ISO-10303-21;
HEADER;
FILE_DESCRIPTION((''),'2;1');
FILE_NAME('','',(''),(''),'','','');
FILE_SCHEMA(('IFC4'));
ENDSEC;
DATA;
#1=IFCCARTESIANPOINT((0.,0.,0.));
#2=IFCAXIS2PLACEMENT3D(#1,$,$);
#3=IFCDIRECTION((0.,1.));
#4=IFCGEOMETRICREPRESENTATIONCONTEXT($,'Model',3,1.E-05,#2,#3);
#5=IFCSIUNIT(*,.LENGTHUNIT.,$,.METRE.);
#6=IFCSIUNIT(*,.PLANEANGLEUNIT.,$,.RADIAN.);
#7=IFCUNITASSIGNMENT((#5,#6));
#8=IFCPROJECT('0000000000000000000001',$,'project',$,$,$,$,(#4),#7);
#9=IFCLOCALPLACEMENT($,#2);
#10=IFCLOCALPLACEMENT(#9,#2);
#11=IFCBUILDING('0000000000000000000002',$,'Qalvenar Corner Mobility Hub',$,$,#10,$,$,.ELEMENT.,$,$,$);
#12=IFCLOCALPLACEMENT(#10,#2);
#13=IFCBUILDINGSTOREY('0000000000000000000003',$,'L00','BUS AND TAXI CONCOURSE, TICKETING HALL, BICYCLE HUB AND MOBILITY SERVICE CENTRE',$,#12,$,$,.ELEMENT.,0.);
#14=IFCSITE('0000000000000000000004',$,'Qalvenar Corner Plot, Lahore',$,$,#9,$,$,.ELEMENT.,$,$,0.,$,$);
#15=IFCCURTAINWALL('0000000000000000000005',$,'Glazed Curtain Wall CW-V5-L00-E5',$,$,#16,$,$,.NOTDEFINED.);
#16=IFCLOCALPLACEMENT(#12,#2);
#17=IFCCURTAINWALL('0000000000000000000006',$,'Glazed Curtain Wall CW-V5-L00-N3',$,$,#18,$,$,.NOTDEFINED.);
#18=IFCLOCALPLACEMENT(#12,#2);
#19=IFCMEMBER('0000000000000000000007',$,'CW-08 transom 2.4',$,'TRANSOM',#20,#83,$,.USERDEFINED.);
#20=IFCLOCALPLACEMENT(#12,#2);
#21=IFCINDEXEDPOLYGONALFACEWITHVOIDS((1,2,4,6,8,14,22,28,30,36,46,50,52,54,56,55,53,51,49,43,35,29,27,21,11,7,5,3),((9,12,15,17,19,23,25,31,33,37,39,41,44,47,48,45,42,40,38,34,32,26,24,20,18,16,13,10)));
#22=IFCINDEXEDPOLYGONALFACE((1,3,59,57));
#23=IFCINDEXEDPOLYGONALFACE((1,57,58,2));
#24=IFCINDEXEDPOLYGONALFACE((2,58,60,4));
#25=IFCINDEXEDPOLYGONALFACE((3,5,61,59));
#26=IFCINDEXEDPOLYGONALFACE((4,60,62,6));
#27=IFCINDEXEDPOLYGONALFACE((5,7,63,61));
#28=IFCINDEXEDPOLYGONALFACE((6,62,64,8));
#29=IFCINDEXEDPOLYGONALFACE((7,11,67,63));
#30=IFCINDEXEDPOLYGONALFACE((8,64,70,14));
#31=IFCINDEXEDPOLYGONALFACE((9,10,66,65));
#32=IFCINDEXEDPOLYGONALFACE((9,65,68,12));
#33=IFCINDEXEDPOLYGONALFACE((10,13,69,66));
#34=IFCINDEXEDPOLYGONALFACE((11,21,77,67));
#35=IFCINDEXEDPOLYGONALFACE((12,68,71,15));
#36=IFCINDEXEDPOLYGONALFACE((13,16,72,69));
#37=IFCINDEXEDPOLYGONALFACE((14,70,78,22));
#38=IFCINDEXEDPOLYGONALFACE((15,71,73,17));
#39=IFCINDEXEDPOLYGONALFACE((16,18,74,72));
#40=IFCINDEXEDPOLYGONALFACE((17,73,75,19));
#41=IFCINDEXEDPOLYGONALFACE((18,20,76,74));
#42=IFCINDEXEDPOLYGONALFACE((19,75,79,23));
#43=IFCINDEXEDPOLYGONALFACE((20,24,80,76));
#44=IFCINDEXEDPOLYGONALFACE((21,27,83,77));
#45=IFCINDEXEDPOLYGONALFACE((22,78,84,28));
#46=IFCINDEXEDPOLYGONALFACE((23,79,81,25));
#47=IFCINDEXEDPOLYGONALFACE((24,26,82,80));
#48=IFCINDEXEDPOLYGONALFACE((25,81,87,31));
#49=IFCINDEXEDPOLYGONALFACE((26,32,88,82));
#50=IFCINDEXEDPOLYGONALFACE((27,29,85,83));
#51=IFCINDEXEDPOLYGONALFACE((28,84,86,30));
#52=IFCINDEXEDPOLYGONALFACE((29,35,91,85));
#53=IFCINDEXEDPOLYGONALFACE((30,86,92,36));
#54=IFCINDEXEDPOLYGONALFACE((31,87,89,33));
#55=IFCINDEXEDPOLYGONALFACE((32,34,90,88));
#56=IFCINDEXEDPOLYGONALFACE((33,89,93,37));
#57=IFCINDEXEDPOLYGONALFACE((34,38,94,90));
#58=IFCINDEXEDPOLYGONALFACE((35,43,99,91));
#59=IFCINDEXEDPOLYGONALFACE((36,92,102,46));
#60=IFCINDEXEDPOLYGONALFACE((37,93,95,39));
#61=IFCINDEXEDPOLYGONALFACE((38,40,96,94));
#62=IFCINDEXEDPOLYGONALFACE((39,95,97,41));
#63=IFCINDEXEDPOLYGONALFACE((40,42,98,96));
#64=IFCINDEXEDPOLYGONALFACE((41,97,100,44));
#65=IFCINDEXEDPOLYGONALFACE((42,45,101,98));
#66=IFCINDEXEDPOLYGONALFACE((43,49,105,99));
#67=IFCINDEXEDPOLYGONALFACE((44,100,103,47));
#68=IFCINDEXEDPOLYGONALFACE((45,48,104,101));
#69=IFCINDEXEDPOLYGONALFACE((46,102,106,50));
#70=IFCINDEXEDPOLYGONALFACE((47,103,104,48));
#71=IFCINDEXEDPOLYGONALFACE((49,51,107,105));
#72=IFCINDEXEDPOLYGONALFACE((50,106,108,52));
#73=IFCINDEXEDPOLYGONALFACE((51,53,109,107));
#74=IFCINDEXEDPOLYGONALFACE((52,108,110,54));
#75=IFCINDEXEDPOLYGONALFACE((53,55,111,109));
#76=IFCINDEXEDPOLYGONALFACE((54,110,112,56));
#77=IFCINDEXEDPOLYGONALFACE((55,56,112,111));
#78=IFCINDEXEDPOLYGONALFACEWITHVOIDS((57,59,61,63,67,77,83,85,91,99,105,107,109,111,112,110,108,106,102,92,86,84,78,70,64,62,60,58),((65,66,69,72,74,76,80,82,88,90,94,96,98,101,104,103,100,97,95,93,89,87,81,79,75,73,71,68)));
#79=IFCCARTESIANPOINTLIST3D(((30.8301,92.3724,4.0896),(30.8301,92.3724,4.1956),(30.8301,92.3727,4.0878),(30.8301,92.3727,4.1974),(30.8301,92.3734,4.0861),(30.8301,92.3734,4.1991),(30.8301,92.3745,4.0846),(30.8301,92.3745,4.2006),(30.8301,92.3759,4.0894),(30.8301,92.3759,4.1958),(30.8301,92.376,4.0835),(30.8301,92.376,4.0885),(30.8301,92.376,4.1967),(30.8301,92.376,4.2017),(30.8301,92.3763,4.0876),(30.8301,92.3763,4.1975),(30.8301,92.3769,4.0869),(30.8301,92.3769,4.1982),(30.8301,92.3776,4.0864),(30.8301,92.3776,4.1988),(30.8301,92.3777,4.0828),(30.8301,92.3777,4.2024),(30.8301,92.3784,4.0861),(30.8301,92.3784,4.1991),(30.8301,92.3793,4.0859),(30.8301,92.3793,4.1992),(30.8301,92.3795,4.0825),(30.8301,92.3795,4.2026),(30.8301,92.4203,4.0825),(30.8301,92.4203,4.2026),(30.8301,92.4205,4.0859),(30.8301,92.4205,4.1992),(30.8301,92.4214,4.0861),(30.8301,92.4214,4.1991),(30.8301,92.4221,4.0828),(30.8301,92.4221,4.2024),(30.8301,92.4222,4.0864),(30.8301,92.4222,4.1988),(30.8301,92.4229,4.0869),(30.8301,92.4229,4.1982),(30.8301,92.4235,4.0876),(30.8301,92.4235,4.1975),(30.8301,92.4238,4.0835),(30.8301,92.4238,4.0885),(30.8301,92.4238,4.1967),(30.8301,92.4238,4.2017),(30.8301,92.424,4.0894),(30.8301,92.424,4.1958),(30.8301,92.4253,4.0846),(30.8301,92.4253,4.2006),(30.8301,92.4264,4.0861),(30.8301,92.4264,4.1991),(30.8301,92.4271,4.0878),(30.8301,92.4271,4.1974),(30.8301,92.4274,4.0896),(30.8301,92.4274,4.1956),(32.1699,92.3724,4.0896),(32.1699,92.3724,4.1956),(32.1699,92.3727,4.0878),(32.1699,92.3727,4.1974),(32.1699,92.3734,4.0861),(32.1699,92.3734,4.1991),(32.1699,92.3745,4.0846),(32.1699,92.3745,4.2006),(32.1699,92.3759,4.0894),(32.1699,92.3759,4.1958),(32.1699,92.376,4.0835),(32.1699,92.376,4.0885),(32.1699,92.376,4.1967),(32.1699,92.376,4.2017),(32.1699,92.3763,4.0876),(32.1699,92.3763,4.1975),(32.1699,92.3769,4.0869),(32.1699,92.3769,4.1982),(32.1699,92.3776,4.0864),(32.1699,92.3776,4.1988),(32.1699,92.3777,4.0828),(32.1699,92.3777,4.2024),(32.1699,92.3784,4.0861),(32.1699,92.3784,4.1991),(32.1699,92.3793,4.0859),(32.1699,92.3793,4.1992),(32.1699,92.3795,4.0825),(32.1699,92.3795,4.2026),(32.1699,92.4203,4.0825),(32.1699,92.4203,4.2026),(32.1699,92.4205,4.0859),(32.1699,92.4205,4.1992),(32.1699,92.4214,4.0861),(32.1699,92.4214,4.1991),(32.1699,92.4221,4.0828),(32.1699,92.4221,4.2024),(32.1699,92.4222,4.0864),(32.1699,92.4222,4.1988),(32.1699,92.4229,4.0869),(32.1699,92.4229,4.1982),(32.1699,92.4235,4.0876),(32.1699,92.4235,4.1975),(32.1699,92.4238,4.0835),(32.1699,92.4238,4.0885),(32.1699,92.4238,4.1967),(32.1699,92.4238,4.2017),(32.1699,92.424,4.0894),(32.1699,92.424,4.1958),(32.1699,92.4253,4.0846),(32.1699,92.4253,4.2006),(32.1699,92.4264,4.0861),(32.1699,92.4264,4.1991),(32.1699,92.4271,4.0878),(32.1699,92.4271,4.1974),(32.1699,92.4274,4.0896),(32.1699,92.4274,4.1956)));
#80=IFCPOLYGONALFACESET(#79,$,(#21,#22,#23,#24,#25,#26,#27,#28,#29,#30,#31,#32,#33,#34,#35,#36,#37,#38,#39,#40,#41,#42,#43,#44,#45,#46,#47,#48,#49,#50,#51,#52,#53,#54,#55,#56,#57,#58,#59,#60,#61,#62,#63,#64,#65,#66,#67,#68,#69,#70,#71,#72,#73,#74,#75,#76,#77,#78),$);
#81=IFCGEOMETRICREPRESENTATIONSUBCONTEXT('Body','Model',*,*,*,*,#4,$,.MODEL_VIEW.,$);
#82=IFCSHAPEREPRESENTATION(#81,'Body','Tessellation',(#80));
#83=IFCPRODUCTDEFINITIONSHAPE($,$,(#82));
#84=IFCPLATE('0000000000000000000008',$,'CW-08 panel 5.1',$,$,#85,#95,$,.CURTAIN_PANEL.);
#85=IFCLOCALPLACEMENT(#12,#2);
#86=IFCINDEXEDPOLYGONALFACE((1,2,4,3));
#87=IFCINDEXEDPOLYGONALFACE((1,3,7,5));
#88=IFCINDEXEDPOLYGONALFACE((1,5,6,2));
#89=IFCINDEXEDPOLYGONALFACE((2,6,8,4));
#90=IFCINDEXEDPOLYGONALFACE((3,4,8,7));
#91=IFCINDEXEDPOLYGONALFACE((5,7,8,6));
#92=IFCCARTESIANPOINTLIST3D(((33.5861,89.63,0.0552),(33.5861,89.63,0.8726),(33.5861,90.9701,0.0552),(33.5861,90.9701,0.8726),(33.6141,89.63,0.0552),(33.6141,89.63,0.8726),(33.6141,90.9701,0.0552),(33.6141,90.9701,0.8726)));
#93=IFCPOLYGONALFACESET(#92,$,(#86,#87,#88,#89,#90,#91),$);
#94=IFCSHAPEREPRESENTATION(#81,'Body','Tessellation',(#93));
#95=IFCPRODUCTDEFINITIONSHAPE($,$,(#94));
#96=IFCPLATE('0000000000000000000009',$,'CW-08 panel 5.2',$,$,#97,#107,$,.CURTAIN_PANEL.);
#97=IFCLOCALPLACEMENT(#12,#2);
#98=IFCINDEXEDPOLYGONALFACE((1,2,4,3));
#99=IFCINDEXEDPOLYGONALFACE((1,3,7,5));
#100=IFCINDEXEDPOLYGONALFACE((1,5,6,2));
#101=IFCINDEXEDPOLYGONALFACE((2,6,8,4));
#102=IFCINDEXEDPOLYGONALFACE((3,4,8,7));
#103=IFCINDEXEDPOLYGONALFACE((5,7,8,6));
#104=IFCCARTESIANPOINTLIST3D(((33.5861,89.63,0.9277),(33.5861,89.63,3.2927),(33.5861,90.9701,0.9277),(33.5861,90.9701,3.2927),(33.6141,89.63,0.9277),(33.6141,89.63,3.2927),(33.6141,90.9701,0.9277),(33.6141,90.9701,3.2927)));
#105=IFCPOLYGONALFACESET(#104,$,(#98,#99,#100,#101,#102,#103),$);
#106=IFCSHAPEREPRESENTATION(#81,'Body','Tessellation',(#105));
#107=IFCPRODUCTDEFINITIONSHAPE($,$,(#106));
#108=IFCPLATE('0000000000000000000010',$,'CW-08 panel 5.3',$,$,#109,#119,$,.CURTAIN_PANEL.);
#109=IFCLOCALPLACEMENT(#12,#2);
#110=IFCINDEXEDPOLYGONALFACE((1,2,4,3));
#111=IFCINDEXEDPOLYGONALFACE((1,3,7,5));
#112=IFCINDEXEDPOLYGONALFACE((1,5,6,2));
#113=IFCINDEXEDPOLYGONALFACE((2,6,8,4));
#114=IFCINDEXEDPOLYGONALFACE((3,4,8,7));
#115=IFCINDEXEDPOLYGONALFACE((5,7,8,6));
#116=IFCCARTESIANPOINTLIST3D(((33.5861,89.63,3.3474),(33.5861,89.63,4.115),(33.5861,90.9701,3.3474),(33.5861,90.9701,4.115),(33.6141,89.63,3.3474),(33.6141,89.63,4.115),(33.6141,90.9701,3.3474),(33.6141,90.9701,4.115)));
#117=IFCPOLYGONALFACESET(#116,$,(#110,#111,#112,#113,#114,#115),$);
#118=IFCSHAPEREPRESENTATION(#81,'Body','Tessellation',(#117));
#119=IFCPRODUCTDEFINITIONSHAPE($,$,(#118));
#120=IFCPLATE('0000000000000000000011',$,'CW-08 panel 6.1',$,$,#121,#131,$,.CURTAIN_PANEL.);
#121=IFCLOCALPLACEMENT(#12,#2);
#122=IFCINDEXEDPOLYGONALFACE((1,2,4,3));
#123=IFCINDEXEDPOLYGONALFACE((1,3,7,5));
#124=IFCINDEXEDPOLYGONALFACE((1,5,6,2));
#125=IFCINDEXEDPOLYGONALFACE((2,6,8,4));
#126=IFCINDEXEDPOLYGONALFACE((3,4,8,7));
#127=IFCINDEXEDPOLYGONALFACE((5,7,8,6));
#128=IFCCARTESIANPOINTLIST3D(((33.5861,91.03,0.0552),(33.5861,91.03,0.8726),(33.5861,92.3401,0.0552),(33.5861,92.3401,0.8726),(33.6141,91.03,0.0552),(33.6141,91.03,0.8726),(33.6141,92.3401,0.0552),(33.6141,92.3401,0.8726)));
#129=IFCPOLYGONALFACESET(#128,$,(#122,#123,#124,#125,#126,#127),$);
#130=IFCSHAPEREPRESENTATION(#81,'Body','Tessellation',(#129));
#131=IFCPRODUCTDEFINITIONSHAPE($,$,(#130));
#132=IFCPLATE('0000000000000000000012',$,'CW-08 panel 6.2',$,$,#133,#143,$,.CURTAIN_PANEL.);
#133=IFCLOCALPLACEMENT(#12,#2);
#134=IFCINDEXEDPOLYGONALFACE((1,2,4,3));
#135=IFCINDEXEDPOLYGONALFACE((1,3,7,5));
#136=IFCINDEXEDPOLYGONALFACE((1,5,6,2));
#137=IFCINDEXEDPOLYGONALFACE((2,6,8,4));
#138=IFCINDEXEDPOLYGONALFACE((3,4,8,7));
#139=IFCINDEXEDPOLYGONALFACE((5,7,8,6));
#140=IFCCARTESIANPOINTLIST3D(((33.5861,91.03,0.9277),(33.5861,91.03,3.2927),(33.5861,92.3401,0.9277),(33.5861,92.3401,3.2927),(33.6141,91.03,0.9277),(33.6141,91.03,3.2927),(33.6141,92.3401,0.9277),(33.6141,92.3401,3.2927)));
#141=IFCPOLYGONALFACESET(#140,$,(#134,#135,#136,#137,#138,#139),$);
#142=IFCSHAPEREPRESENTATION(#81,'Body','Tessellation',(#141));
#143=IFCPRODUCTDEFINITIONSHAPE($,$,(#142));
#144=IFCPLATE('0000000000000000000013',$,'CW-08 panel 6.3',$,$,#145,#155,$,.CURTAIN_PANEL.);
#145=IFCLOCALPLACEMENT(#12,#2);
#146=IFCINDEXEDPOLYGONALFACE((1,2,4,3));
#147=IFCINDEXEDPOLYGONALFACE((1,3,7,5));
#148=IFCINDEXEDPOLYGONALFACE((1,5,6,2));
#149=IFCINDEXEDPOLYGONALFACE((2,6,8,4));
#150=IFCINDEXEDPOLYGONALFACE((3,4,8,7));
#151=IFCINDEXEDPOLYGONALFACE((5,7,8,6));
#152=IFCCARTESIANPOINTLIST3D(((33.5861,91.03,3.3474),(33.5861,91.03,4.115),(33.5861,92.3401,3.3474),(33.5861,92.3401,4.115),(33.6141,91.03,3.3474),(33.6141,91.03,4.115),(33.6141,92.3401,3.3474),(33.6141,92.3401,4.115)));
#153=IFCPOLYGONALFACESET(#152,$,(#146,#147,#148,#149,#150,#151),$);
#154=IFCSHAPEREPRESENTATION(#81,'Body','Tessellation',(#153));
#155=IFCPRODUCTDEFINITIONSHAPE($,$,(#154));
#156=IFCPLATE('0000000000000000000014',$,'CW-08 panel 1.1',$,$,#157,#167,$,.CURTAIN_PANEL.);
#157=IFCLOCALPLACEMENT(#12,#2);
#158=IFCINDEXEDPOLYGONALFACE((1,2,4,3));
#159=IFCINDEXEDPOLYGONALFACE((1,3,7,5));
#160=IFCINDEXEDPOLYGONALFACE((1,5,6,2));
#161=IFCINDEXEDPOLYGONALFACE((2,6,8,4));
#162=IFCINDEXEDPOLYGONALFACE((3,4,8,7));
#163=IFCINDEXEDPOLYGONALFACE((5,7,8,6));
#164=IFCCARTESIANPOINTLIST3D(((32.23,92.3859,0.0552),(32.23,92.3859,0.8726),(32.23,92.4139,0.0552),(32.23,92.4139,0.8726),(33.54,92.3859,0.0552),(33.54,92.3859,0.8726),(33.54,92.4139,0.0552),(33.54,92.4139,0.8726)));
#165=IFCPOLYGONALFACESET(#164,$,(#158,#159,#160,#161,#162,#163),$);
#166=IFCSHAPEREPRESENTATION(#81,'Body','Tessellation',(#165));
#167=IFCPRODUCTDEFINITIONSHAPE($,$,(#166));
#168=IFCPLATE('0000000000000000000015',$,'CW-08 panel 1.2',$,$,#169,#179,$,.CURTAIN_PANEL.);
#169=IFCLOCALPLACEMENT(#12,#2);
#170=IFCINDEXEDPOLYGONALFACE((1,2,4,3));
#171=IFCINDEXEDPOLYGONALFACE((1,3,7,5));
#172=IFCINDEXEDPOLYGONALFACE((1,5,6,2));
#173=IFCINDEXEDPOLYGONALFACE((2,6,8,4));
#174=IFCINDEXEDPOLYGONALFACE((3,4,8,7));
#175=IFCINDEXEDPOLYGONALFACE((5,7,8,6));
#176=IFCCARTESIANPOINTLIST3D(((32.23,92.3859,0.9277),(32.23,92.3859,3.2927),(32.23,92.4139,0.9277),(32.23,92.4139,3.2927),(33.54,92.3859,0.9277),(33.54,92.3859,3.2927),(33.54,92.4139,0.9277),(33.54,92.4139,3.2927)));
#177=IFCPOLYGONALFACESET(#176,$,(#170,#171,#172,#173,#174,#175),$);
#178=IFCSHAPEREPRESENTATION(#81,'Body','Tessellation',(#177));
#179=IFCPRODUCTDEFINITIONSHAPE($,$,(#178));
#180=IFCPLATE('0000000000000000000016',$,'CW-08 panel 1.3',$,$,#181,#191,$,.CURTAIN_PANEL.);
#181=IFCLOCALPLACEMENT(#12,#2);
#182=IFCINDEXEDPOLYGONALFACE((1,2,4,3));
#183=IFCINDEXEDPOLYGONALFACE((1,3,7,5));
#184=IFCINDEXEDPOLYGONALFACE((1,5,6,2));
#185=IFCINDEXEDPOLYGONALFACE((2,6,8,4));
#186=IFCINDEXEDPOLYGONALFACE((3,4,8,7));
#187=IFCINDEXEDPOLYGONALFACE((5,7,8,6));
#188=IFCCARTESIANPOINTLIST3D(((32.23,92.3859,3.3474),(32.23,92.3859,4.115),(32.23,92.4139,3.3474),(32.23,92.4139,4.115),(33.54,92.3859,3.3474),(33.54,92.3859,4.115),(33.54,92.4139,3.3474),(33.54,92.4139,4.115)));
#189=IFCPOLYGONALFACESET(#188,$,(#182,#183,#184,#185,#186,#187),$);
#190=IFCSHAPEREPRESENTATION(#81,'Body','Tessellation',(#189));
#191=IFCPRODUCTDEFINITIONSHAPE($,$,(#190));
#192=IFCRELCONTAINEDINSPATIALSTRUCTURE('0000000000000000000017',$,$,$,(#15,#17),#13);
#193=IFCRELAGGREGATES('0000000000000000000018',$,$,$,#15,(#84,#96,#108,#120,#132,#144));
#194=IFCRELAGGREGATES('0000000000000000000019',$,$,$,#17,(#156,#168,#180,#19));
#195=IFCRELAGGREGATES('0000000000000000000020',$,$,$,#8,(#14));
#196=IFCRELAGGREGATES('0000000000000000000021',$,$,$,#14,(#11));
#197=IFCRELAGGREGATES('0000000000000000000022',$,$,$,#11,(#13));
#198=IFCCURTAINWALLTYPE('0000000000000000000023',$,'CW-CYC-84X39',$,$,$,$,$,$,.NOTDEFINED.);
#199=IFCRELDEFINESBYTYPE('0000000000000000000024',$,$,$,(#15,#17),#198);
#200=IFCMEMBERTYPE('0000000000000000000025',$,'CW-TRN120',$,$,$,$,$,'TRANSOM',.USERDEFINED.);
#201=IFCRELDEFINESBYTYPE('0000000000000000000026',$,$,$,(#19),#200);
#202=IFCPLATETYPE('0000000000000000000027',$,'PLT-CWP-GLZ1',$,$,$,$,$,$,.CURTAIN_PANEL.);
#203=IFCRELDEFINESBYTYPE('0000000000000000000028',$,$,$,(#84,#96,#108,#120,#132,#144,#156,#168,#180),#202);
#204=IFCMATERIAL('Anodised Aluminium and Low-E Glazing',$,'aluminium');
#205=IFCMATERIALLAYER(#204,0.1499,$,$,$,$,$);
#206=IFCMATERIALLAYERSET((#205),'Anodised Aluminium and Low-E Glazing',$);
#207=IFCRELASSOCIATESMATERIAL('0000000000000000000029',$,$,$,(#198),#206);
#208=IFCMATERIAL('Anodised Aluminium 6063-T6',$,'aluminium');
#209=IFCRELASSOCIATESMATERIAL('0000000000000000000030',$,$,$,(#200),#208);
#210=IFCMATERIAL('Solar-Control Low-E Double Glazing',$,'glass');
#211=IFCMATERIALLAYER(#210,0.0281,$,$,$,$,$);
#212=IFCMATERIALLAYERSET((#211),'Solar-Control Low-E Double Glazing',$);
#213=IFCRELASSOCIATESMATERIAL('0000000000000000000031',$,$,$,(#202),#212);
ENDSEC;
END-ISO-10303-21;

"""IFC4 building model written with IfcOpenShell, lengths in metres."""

from ifc_helpers import new_model, si_unit, direction, frame, origin, origin_2d, place, context, subcontext, project, spatial, rectangle, hollow_rectangle, extrude, material, layer, layer_set, material_profile, profile_set, type_object, element, aggregate, save


model = new_model("IFC4")

# Units and contexts
model_context = context("Model", 3, precision=1e-05, world=origin(), true_north=direction((0.0, 1.0)))
body_context = subcontext(model_context, "Body", "Model", "MODEL_VIEW")
ifc_project = project(units=[si_unit("LENGTHUNIT", "METRE"), si_unit("PLANEANGLEUNIT", "RADIAN")], contexts=[model_context])

# Site, building, storey
site_placement = place(None, origin())
site = spatial("IfcSite", under=ifc_project, at=site_placement, Name="Qalvenar Corner Plot, Lahore", CompositionType="ELEMENT", RefElevation=0.0)
building_placement = place(site_placement, origin())
building = spatial("IfcBuilding", under=site, at=building_placement, Name="Qalvenar Corner Mobility Hub", CompositionType="ELEMENT")
storey_placement = place(building_placement, origin())
storey = spatial("IfcBuildingStorey", under=building, at=storey_placement, Name="L00", Description="BUS AND TAXI CONCOURSE, TICKETING HALL, BICYCLE HUB AND MOBILITY SERVICE CENTRE", CompositionType="ELEMENT", Elevation=0.0)

# Curtain walls
ifc_material_1 = material(Name="Anodised Aluminium and Low-E Glazing", Category="aluminium")
ifc_layer_1 = layer(ifc_material_1, 0.1499)
ifc_layer_set_1 = layer_set([ifc_layer_1], Name="Anodised Aluminium and Low-E Glazing")
curtain_wall_type = type_object("IfcCurtainWallType", Name="CW-CYC-84X39", PredefinedType="NOTDEFINED", material=ifc_layer_set_1)
curtain_wall_1_placement = place(storey_placement, origin())
curtain_wall_1 = element("IfcCurtainWall", 1, at=curtain_wall_1_placement, inside=storey, type_object=curtain_wall_type, Name="Glazed Curtain Wall CW-V5-L00-E5", PredefinedType="NOTDEFINED")
ifc_material_2 = material(Name="Anodised Aluminium 6063-T6", Category="aluminium")
curtain_wall_2_placement = place(storey_placement, origin())
curtain_wall_2 = element("IfcCurtainWall", 2, at=curtain_wall_2_placement, inside=storey, type_object=curtain_wall_type, Name="Glazed Curtain Wall CW-V5-L00-N3", PredefinedType="NOTDEFINED")

# Member
ifc_material_profile_1 = material_profile(ifc_material_2, hollow_rectangle(XDim=0.0549, YDim=0.1201, WallThickness=0.0034, InnerFilletRadius=0.0034, OuterFilletRadius=0.0071, at=origin_2d()), Name="RHS120x55x3.5")
ifc_profile_set_1 = profile_set([ifc_material_profile_1], Name="Anodised Aluminium 6063-T6")
member_type_1 = type_object("IfcMemberType", Name="CW-TRN120", ElementType="TRANSOM", PredefinedType="USERDEFINED", material=ifc_profile_set_1)
member_1_placement = place(storey_placement, frame((32.1699, 92.3999, 4.1426), z_axis=(-1.0, 0.0, 0.0), x_axis=(0.0, -1.0, 0.0)))
member_1 = element("IfcMember", 3, at=member_1_placement, type_object=member_type_1, Name="CW-08 transom 2.4", ObjectType="TRANSOM", PredefinedType="USERDEFINED", context=body_context, shape_type="SweptSolid", body=[
    extrude(hollow_rectangle(XDim=0.0549, YDim=0.1201, WallThickness=0.0034, InnerFilletRadius=0.0034, OuterFilletRadius=0.0071, at=origin_2d()), origin(), (0.0, 0.0, 1.0), 1.3398),
])

# Plates
ifc_material_3 = material(Name="Solar-Control Low-E Double Glazing", Category="glass")
ifc_layer_2 = layer(ifc_material_3, 0.0281)
ifc_layer_set_2 = layer_set([ifc_layer_2], Name="Solar-Control Low-E Double Glazing")
plate_type = type_object("IfcPlateType", Name="PLT-CWP-GLZ1", PredefinedType="CURTAIN_PANEL", material=ifc_layer_set_2)
plate_1_placement = place(storey_placement, frame((33.6001, 90.3, 0.0552), z_axis=(0.0, 0.0, 1.0), x_axis=(0.0, 1.0, 0.0)))
plate_1 = element("IfcPlate", 4, at=plate_1_placement, type_object=plate_type, Name="CW-08 panel 5.1", PredefinedType="CURTAIN_PANEL", context=body_context, shape_type="SweptSolid", body=[
    extrude(rectangle(XDim=1.3401, YDim=0.0281, at=origin_2d()), origin(), (0.0, 0.0, 1.0), 0.8174),
])
plate_2_placement = place(storey_placement, frame((33.6001, 90.3, 0.9277), z_axis=(0.0, 0.0, 1.0), x_axis=(0.0, 1.0, 0.0)))
plate_2 = element("IfcPlate", 5, at=plate_2_placement, type_object=plate_type, Name="CW-08 panel 5.2", PredefinedType="CURTAIN_PANEL", context=body_context, shape_type="SweptSolid", body=[
    extrude(rectangle(XDim=1.3401, YDim=0.0281, at=origin_2d()), origin(), (0.0, 0.0, 1.0), 2.365),
])
plate_3_placement = place(storey_placement, frame((33.6001, 90.3, 3.3474), z_axis=(0.0, 0.0, 1.0), x_axis=(0.0, 1.0, 0.0)))
plate_3 = element("IfcPlate", 6, at=plate_3_placement, type_object=plate_type, Name="CW-08 panel 5.3", PredefinedType="CURTAIN_PANEL", context=body_context, shape_type="SweptSolid", body=[
    extrude(rectangle(XDim=1.3401, YDim=0.0281, at=origin_2d()), origin(), (0.0, 0.0, 1.0), 0.7676),
])
plate_4_placement = place(storey_placement, frame((33.6001, 91.6851, 0.0552), z_axis=(0.0, 0.0, 1.0), x_axis=(0.0, 1.0, 0.0)))
plate_4 = element("IfcPlate", 7, at=plate_4_placement, type_object=plate_type, Name="CW-08 panel 6.1", PredefinedType="CURTAIN_PANEL", context=body_context, shape_type="SweptSolid", body=[
    extrude(rectangle(XDim=1.3101, YDim=0.0281, at=origin_2d()), origin(), (0.0, 0.0, 1.0), 0.8174),
])
plate_5_placement = place(storey_placement, frame((33.6001, 91.6851, 0.9277), z_axis=(0.0, 0.0, 1.0), x_axis=(0.0, 1.0, 0.0)))
plate_5 = element("IfcPlate", 8, at=plate_5_placement, type_object=plate_type, Name="CW-08 panel 6.2", PredefinedType="CURTAIN_PANEL", context=body_context, shape_type="SweptSolid", body=[
    extrude(rectangle(XDim=1.3101, YDim=0.0281, at=origin_2d()), origin(), (0.0, 0.0, 1.0), 2.365),
])
plate_6_placement = place(storey_placement, frame((33.6001, 91.6851, 3.3474), z_axis=(0.0, 0.0, 1.0), x_axis=(0.0, 1.0, 0.0)))
plate_6 = element("IfcPlate", 9, at=plate_6_placement, type_object=plate_type, Name="CW-08 panel 6.3", PredefinedType="CURTAIN_PANEL", context=body_context, shape_type="SweptSolid", body=[
    extrude(rectangle(XDim=1.3101, YDim=0.0281, at=origin_2d()), origin(), (0.0, 0.0, 1.0), 0.7676),
])
aggregate(curtain_wall_1, [plate_1, plate_2, plate_3, plate_4, plate_5, plate_6])
plate_7_placement = place(storey_placement, frame((32.885, 92.3999, 0.0552), z_axis=(0.0, 0.0, 1.0), x_axis=(-1.0, 0.0, 0.0)))
plate_7 = element("IfcPlate", 10, at=plate_7_placement, type_object=plate_type, Name="CW-08 panel 1.1", PredefinedType="CURTAIN_PANEL", context=body_context, shape_type="SweptSolid", body=[
    extrude(rectangle(XDim=1.3101, YDim=0.0281, at=origin_2d()), origin(), (0.0, 0.0, 1.0), 0.8174),
])
plate_8_placement = place(storey_placement, frame((32.885, 92.3999, 0.9277), z_axis=(0.0, 0.0, 1.0), x_axis=(-1.0, 0.0, 0.0)))
plate_8 = element("IfcPlate", 11, at=plate_8_placement, type_object=plate_type, Name="CW-08 panel 1.2", PredefinedType="CURTAIN_PANEL", context=body_context, shape_type="SweptSolid", body=[
    extrude(rectangle(XDim=1.3101, YDim=0.0281, at=origin_2d()), origin(), (0.0, 0.0, 1.0), 2.365),
])
plate_9_placement = place(storey_placement, frame((32.885, 92.3999, 3.3474), z_axis=(0.0, 0.0, 1.0), x_axis=(-1.0, 0.0, 0.0)))
plate_9 = element("IfcPlate", 12, at=plate_9_placement, type_object=plate_type, Name="CW-08 panel 1.3", PredefinedType="CURTAIN_PANEL", context=body_context, shape_type="SweptSolid", body=[
    extrude(rectangle(XDim=1.3101, YDim=0.0281, at=origin_2d()), origin(), (0.0, 0.0, 1.0), 0.7676),
])
aggregate(curtain_wall_2, [plate_7, plate_8, plate_9, member_1])

save(model, "model.ifc")
